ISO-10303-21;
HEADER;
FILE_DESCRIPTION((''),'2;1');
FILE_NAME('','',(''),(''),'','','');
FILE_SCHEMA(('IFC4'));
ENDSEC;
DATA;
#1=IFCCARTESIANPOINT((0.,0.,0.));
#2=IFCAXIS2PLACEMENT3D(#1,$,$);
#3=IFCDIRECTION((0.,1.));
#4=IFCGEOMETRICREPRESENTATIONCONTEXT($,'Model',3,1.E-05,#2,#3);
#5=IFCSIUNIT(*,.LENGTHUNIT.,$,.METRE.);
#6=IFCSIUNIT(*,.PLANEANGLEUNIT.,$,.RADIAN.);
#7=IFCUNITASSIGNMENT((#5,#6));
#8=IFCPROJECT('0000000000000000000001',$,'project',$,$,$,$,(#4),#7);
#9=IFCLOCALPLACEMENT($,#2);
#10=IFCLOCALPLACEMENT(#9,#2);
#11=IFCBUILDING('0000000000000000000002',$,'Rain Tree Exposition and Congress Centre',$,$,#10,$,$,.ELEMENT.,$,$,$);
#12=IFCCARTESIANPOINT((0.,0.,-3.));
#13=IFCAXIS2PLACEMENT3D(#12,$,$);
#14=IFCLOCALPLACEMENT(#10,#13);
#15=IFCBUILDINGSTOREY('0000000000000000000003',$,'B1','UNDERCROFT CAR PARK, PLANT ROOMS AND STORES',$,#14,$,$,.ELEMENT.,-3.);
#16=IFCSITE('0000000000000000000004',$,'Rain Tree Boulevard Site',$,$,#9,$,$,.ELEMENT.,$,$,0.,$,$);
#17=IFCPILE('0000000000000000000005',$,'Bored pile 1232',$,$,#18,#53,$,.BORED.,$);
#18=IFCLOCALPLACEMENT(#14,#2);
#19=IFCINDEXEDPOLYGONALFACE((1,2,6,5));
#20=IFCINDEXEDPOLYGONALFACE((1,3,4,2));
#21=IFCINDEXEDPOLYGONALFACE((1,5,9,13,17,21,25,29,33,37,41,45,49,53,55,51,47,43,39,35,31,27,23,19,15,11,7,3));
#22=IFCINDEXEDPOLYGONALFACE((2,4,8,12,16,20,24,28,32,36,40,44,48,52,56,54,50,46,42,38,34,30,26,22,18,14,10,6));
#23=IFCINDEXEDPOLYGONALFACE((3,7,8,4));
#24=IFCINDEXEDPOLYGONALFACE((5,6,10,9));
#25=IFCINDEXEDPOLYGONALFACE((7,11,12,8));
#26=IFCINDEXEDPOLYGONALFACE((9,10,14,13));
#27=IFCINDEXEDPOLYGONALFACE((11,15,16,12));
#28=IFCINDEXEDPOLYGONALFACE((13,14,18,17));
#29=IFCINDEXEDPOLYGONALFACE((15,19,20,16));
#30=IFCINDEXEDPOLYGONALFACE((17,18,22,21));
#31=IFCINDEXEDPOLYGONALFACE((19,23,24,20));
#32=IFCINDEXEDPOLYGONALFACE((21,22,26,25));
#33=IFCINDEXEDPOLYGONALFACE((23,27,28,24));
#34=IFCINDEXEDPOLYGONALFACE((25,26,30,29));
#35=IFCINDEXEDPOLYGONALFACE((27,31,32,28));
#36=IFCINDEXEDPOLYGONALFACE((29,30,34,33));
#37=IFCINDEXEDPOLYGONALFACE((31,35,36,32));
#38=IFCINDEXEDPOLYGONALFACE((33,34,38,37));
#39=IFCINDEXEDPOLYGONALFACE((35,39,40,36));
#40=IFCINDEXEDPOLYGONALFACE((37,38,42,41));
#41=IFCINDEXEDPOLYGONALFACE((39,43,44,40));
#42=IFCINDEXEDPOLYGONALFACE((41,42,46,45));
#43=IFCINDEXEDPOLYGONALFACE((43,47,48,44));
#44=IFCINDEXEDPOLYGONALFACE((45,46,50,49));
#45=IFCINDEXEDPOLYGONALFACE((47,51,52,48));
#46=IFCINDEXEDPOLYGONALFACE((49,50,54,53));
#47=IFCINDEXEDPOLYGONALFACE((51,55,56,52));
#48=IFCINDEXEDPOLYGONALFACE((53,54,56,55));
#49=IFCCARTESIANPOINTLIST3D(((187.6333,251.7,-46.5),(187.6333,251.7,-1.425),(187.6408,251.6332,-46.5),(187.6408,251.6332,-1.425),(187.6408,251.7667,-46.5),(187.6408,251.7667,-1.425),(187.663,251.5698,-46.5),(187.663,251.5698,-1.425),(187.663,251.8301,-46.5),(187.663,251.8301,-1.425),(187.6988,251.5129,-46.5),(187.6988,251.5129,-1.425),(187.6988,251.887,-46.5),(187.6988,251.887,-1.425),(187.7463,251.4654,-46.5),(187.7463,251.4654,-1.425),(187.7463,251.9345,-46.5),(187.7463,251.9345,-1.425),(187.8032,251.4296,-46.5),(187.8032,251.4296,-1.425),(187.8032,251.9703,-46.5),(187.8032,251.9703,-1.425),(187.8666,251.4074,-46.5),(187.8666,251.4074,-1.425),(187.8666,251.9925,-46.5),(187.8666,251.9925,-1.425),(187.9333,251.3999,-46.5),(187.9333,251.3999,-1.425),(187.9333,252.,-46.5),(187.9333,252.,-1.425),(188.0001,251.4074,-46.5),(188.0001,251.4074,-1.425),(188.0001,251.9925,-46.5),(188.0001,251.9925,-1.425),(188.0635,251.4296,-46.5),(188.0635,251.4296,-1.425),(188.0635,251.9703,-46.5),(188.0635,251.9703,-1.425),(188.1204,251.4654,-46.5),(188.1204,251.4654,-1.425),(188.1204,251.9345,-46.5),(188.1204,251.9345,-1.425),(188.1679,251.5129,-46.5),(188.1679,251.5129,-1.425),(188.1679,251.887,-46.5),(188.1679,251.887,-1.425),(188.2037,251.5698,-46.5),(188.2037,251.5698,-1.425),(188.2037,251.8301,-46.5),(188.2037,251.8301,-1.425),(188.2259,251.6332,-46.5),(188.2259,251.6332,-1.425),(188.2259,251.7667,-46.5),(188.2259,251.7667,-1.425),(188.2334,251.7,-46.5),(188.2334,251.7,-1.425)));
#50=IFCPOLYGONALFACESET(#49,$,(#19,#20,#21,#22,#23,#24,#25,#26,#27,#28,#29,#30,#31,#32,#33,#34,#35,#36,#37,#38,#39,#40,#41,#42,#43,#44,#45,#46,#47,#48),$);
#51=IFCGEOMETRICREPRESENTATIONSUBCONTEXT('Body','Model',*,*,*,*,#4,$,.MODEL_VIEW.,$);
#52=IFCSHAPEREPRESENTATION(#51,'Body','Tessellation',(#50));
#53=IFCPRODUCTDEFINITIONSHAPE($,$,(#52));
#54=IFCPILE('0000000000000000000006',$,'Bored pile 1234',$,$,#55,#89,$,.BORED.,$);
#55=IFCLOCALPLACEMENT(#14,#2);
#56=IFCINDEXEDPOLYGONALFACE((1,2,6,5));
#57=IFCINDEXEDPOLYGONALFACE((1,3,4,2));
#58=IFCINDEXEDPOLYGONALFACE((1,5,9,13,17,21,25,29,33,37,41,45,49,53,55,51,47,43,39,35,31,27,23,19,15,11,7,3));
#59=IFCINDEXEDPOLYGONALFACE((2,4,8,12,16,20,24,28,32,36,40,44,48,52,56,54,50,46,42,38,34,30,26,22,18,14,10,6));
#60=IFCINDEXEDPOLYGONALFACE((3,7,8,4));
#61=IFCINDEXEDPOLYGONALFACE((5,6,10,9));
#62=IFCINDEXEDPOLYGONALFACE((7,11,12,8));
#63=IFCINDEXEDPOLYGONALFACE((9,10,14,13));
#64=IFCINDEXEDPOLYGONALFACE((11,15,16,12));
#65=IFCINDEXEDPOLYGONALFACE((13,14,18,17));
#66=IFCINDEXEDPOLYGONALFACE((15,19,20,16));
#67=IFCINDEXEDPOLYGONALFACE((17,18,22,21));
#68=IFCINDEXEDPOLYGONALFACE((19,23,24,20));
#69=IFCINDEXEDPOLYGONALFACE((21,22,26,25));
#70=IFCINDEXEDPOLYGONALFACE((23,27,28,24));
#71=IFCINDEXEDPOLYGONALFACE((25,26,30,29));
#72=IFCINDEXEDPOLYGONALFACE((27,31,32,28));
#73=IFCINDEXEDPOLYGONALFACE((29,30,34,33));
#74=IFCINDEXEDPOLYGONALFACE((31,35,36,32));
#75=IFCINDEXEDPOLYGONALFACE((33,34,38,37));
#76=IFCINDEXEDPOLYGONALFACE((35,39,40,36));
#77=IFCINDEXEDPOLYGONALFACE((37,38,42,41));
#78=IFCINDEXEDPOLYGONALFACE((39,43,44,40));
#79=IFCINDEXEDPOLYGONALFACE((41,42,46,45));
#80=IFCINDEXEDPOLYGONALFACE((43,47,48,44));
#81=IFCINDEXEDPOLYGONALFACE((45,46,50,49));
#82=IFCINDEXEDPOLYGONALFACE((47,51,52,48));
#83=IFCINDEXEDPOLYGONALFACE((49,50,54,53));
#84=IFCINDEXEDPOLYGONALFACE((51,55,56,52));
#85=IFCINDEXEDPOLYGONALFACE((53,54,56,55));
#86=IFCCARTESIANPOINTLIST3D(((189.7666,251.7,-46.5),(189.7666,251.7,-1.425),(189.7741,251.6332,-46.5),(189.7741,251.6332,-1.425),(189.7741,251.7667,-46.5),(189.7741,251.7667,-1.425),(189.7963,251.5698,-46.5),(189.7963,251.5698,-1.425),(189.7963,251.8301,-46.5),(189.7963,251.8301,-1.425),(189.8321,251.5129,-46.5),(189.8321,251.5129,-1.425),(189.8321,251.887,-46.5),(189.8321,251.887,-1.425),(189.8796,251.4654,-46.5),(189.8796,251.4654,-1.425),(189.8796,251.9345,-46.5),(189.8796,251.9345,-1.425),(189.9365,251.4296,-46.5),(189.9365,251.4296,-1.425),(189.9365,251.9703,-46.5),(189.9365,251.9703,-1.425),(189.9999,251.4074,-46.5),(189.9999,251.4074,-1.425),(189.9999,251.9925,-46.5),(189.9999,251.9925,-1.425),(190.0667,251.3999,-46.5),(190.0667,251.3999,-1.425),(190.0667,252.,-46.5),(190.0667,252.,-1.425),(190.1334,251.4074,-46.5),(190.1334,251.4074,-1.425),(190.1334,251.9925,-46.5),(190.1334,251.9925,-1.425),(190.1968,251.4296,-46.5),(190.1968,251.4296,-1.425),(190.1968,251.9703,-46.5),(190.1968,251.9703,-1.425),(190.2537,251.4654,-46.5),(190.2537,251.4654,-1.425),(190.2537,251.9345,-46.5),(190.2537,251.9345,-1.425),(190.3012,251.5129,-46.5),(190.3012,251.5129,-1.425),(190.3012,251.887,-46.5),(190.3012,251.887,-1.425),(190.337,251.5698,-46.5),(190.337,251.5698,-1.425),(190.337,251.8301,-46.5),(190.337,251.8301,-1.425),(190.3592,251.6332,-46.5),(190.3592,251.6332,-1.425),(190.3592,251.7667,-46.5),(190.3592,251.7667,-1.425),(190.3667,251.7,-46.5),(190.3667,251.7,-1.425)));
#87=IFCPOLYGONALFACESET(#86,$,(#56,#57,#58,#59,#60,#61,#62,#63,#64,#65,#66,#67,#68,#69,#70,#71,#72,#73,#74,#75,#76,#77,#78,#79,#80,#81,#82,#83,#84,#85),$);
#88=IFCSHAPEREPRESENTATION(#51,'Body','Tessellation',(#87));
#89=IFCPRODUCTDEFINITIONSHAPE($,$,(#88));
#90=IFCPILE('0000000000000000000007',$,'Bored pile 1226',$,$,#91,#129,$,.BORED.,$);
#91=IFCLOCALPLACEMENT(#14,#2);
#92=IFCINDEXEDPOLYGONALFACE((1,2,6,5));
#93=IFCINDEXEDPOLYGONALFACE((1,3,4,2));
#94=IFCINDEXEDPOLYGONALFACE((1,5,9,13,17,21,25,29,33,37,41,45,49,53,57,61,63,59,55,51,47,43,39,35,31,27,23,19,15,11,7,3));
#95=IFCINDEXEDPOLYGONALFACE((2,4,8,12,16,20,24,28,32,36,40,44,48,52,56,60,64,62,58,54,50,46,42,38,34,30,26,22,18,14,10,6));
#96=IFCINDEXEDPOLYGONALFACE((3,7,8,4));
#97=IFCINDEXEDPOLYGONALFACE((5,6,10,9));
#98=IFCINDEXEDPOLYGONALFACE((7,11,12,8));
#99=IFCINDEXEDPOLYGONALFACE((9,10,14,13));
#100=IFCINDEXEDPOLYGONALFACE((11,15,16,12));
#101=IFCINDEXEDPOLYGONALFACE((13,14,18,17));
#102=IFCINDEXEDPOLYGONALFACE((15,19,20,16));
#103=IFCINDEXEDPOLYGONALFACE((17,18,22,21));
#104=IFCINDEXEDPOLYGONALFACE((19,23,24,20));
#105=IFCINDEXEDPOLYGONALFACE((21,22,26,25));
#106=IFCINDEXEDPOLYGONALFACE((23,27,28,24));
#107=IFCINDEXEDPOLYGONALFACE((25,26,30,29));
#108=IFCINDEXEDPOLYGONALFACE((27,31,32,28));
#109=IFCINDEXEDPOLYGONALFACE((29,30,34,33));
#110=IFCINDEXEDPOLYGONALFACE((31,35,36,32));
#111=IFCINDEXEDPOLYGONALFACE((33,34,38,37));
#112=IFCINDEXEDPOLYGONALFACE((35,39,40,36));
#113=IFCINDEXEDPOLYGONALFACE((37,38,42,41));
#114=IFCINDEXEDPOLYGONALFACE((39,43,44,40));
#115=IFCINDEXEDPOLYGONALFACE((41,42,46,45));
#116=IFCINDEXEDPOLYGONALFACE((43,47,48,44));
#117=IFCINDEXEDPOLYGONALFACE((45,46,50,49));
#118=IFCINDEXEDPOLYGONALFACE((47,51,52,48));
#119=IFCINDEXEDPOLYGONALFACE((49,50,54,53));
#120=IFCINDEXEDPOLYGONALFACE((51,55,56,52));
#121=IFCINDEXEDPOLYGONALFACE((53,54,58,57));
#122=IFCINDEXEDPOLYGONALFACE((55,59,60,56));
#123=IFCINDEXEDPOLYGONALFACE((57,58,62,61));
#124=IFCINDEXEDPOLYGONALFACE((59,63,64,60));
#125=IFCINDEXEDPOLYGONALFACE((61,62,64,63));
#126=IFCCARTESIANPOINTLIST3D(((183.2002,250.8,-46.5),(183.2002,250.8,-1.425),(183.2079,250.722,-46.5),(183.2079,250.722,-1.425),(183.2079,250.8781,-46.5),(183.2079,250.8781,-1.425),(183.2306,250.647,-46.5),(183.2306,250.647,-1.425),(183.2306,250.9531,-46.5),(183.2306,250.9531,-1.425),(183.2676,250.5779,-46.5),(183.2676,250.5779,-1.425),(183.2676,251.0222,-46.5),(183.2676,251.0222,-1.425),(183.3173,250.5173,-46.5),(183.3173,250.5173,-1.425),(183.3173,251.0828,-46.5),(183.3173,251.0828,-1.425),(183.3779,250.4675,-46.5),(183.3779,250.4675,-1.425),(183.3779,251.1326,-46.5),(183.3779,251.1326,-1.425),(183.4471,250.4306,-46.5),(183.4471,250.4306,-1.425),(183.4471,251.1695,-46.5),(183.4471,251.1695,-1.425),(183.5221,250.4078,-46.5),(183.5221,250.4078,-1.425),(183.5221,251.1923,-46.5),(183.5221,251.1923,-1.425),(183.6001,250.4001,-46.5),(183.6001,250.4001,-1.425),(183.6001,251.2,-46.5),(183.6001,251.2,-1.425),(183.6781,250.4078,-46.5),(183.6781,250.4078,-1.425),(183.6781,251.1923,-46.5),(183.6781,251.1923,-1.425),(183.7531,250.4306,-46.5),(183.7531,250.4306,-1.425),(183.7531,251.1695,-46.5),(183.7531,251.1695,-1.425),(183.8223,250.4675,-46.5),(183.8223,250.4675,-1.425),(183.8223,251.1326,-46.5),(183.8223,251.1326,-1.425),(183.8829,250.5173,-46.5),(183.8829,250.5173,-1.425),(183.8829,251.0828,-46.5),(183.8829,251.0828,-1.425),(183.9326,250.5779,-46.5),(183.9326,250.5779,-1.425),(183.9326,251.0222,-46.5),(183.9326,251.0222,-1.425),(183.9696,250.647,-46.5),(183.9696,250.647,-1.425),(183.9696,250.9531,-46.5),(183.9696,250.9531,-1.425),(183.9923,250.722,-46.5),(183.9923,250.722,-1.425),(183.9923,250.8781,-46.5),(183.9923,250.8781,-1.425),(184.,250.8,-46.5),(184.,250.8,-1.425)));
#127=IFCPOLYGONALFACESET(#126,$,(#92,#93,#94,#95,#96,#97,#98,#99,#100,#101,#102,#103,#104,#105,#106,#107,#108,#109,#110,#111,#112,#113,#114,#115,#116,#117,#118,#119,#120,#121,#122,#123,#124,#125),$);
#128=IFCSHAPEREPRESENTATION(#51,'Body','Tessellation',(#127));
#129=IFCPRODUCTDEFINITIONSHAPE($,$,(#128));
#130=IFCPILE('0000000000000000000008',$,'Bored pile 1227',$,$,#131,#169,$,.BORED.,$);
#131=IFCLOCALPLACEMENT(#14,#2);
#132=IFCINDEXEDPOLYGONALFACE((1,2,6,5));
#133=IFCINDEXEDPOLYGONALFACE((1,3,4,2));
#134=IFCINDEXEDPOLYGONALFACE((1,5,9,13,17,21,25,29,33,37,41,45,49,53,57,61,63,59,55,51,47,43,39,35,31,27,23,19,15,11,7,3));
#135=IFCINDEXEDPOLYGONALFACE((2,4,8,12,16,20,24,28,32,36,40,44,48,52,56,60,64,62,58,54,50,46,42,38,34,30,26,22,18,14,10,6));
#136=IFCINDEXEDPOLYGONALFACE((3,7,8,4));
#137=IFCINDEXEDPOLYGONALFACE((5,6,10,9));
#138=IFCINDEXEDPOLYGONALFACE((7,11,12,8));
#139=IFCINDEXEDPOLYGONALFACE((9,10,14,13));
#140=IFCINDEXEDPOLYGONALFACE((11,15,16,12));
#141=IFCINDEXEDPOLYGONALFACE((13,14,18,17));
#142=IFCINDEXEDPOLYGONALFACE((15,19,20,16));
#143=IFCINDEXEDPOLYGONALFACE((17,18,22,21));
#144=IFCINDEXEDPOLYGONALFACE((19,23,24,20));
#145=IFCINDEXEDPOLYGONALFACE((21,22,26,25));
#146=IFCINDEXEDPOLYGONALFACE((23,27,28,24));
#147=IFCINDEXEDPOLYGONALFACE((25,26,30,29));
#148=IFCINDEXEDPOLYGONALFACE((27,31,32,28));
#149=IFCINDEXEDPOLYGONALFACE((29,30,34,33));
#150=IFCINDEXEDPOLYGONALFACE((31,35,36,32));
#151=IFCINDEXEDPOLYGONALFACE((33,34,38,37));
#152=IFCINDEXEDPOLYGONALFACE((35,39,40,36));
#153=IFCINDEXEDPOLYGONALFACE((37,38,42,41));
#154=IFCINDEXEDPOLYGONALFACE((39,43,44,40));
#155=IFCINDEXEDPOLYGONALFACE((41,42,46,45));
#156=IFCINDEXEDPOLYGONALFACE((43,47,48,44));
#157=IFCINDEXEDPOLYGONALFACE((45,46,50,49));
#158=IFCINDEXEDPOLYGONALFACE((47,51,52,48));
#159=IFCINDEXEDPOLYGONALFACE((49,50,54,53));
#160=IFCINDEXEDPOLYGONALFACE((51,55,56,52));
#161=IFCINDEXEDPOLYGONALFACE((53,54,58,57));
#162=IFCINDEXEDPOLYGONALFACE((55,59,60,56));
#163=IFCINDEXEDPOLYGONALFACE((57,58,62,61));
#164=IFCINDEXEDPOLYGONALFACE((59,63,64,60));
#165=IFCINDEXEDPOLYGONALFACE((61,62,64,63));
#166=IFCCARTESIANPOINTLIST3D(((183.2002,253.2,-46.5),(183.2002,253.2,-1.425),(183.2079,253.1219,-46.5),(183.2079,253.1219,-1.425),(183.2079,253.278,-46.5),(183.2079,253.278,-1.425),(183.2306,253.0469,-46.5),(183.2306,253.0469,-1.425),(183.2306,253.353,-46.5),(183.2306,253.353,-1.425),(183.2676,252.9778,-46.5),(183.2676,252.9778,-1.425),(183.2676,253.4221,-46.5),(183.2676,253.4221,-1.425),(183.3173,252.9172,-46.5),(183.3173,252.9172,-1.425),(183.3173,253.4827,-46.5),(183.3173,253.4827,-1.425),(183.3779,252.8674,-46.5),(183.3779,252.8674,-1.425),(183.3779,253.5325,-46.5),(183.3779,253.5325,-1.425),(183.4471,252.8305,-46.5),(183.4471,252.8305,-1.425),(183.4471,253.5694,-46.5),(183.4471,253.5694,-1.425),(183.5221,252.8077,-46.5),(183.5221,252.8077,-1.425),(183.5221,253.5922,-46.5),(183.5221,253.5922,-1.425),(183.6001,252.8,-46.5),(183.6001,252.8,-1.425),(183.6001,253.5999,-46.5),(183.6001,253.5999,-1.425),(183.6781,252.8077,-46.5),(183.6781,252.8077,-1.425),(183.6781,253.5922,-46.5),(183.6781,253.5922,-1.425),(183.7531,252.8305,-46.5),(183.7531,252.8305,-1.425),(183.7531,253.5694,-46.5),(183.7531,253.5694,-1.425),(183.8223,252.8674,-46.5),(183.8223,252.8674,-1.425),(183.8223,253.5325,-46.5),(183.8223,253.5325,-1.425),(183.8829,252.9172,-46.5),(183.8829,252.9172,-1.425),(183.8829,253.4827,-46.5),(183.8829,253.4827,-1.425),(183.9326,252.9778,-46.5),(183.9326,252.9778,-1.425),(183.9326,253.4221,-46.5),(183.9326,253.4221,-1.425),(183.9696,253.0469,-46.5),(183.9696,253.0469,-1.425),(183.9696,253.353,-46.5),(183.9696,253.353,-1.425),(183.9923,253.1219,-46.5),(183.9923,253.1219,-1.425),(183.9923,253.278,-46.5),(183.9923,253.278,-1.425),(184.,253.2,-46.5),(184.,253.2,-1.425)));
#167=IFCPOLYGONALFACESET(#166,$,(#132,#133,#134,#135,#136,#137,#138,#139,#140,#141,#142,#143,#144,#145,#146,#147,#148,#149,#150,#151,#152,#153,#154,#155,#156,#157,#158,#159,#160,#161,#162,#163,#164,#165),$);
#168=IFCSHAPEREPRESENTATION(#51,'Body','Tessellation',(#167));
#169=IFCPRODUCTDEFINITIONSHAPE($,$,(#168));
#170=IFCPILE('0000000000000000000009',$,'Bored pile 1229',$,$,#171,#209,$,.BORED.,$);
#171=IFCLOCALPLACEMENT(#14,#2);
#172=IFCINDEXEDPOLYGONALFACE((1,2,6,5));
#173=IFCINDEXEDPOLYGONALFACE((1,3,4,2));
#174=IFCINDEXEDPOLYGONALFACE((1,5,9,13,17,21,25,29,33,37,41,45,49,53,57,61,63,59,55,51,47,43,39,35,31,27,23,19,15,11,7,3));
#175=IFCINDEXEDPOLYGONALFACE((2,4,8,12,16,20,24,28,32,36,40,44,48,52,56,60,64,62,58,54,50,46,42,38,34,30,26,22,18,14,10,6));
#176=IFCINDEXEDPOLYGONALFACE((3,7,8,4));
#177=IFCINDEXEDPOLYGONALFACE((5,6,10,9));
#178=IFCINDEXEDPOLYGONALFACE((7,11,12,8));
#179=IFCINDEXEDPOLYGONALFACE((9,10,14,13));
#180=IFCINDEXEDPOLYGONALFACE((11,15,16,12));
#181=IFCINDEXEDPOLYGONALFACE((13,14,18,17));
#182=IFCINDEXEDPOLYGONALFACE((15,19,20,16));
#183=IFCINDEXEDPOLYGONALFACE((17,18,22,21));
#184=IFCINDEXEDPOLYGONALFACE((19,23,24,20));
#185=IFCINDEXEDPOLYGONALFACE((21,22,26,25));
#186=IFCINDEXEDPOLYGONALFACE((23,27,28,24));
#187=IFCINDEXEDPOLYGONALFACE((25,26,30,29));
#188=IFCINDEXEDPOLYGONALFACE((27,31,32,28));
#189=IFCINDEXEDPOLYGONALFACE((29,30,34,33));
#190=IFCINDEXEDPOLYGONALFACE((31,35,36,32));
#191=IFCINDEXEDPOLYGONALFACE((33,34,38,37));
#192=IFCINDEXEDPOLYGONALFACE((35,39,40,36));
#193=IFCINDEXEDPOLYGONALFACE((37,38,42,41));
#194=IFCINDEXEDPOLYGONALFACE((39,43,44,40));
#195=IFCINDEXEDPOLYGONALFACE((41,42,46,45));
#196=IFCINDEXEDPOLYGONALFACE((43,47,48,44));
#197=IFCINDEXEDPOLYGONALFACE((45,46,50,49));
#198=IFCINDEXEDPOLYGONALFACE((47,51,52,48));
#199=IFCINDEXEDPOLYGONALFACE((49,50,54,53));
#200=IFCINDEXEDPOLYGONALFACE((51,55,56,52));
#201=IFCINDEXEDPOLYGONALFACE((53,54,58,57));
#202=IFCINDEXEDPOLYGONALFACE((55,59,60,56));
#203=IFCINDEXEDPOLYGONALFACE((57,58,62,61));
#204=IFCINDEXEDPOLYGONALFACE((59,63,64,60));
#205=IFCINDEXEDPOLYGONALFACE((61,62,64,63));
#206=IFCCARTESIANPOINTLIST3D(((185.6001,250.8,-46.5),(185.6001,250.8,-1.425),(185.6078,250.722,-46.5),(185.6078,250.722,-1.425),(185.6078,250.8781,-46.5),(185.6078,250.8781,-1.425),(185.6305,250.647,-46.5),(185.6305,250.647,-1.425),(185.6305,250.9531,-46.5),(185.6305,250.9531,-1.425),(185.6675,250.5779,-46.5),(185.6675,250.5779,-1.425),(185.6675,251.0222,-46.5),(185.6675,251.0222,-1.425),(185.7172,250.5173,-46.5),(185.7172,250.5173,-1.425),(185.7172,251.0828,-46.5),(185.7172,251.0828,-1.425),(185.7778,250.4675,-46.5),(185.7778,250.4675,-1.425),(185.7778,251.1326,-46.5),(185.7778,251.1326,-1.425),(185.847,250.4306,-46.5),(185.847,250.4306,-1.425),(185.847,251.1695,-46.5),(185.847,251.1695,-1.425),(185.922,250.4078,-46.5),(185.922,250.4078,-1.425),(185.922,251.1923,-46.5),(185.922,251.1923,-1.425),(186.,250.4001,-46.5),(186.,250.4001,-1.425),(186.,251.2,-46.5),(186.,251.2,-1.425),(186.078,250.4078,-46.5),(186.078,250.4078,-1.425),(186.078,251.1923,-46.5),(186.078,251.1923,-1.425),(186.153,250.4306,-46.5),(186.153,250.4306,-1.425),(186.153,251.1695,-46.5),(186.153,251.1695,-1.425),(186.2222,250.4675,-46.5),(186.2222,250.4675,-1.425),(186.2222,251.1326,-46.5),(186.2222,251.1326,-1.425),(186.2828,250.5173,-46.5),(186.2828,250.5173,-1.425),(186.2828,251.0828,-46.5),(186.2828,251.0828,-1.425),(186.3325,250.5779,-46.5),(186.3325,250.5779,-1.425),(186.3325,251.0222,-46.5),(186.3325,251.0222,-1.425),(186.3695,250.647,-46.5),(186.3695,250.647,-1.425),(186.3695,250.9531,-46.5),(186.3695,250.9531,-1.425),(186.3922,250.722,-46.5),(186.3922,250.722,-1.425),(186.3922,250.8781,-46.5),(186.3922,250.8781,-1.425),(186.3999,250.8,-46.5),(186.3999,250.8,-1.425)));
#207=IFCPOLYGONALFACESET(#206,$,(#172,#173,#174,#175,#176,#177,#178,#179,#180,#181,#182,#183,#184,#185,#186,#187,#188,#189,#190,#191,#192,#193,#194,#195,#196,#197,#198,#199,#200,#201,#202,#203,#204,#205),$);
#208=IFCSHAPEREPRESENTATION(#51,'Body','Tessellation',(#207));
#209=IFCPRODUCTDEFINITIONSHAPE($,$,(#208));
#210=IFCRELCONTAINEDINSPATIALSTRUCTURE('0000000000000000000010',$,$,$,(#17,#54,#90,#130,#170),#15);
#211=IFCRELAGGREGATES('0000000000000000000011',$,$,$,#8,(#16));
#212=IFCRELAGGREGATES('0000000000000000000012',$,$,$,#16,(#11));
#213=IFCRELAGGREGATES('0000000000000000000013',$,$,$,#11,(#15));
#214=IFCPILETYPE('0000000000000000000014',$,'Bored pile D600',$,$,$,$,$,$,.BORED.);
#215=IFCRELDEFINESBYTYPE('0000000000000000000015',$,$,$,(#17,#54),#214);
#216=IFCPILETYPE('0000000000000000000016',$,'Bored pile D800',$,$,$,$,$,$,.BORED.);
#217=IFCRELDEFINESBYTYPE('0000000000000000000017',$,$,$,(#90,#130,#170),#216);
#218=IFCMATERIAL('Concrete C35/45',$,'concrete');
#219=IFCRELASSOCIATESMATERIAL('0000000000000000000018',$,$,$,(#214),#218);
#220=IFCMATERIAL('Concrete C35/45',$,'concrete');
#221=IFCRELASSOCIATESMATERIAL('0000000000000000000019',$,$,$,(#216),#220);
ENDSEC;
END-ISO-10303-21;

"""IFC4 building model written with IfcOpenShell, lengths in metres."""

from ifc_helpers import new_model, si_unit, direction, frame, origin, origin_2d, place, context, subcontext, project, spatial, circle, extrude, material, material_profile, profile_set, type_object, element, save


model = new_model("IFC4")

# Units and contexts
model_context = context("Model", 3, precision=1e-05, world=origin(), true_north=direction((0.0, 1.0)))
body_context = subcontext(model_context, "Body", "Model", "MODEL_VIEW")
ifc_project = project(units=[si_unit("LENGTHUNIT", "METRE"), si_unit("PLANEANGLEUNIT", "RADIAN")], contexts=[model_context])

# Site, building, storey
site_placement = place(None, origin())
site = spatial("IfcSite", under=ifc_project, at=site_placement, Name="Rain Tree Boulevard Site", CompositionType="ELEMENT", RefElevation=0.0)
building_placement = place(site_placement, origin())
building = spatial("IfcBuilding", under=site, at=building_placement, Name="Rain Tree Exposition and Congress Centre", CompositionType="ELEMENT")
storey_placement = place(building_placement, frame((0.0, 0.0, -3.0)))
storey = spatial("IfcBuildingStorey", under=building, at=storey_placement, Name="B1", Description="UNDERCROFT CAR PARK, PLANT ROOMS AND STORES", CompositionType="ELEMENT", Elevation=-3.0)

# Piles
ifc_material_1 = material(Name="Concrete C35/45", Category="concrete")
ifc_material_profile_1 = material_profile(ifc_material_1, circle(Radius=0.3, at=origin_2d()), Name="D600")
ifc_profile_set_1 = profile_set([ifc_material_profile_1], Name="Concrete C35/45")
pile_type_1 = type_object("IfcPileType", Name="Bored pile D600", PredefinedType="BORED", material=ifc_profile_set_1)
for number, where, z_axis, x_axis, name in (
    (1, (187.9333, 251.7, -1.425), (0.0, 0.0, -1.0), (1.0, 0.0, 0.0), "Bored pile 1232"),
    (2, (190.0667, 251.7, -1.425), (0.0, 0.0, -1.0), (1.0, 0.0, 0.0), "Bored pile 1234"),
):
    element("IfcPile", number, at=place(storey_placement, frame(where, z_axis=z_axis, x_axis=x_axis)), inside=storey, type_object=pile_type_1, Name=name, PredefinedType="BORED", context=body_context, shape_type="SweptSolid", body=[
        extrude(circle(Radius=0.3, at=origin_2d()), origin(), (0.0, 0.0, 1.0), 45.075),
    ])
ifc_material_2 = material(Name="Concrete C35/45", Category="concrete")
ifc_material_profile_2 = material_profile(ifc_material_2, circle(Radius=0.3999, at=origin_2d()), Name="D800")
ifc_profile_set_2 = profile_set([ifc_material_profile_2], Name="Concrete C35/45")
pile_type_2 = type_object("IfcPileType", Name="Bored pile D800", PredefinedType="BORED", material=ifc_profile_set_2)
for number, where, z_axis, x_axis, name in (
    (3, (183.6001, 250.8, -1.425), (0.0, 0.0, -1.0), (1.0, 0.0, 0.0), "Bored pile 1226"),
    (4, (183.6001, 253.2, -1.425), (0.0, 0.0, -1.0), (1.0, 0.0, 0.0), "Bored pile 1227"),
    (5, (186.0, 250.8, -1.425), (0.0, 0.0, -1.0), (1.0, 0.0, 0.0), "Bored pile 1229"),
):
    element("IfcPile", number, at=place(storey_placement, frame(where, z_axis=z_axis, x_axis=x_axis)), inside=storey, type_object=pile_type_2, Name=name, PredefinedType="BORED", context=body_context, shape_type="SweptSolid", body=[
        extrude(circle(Radius=0.3999, at=origin_2d()), origin(), (0.0, 0.0, 1.0), 45.075),
    ])

save(model, "model.ifc")
